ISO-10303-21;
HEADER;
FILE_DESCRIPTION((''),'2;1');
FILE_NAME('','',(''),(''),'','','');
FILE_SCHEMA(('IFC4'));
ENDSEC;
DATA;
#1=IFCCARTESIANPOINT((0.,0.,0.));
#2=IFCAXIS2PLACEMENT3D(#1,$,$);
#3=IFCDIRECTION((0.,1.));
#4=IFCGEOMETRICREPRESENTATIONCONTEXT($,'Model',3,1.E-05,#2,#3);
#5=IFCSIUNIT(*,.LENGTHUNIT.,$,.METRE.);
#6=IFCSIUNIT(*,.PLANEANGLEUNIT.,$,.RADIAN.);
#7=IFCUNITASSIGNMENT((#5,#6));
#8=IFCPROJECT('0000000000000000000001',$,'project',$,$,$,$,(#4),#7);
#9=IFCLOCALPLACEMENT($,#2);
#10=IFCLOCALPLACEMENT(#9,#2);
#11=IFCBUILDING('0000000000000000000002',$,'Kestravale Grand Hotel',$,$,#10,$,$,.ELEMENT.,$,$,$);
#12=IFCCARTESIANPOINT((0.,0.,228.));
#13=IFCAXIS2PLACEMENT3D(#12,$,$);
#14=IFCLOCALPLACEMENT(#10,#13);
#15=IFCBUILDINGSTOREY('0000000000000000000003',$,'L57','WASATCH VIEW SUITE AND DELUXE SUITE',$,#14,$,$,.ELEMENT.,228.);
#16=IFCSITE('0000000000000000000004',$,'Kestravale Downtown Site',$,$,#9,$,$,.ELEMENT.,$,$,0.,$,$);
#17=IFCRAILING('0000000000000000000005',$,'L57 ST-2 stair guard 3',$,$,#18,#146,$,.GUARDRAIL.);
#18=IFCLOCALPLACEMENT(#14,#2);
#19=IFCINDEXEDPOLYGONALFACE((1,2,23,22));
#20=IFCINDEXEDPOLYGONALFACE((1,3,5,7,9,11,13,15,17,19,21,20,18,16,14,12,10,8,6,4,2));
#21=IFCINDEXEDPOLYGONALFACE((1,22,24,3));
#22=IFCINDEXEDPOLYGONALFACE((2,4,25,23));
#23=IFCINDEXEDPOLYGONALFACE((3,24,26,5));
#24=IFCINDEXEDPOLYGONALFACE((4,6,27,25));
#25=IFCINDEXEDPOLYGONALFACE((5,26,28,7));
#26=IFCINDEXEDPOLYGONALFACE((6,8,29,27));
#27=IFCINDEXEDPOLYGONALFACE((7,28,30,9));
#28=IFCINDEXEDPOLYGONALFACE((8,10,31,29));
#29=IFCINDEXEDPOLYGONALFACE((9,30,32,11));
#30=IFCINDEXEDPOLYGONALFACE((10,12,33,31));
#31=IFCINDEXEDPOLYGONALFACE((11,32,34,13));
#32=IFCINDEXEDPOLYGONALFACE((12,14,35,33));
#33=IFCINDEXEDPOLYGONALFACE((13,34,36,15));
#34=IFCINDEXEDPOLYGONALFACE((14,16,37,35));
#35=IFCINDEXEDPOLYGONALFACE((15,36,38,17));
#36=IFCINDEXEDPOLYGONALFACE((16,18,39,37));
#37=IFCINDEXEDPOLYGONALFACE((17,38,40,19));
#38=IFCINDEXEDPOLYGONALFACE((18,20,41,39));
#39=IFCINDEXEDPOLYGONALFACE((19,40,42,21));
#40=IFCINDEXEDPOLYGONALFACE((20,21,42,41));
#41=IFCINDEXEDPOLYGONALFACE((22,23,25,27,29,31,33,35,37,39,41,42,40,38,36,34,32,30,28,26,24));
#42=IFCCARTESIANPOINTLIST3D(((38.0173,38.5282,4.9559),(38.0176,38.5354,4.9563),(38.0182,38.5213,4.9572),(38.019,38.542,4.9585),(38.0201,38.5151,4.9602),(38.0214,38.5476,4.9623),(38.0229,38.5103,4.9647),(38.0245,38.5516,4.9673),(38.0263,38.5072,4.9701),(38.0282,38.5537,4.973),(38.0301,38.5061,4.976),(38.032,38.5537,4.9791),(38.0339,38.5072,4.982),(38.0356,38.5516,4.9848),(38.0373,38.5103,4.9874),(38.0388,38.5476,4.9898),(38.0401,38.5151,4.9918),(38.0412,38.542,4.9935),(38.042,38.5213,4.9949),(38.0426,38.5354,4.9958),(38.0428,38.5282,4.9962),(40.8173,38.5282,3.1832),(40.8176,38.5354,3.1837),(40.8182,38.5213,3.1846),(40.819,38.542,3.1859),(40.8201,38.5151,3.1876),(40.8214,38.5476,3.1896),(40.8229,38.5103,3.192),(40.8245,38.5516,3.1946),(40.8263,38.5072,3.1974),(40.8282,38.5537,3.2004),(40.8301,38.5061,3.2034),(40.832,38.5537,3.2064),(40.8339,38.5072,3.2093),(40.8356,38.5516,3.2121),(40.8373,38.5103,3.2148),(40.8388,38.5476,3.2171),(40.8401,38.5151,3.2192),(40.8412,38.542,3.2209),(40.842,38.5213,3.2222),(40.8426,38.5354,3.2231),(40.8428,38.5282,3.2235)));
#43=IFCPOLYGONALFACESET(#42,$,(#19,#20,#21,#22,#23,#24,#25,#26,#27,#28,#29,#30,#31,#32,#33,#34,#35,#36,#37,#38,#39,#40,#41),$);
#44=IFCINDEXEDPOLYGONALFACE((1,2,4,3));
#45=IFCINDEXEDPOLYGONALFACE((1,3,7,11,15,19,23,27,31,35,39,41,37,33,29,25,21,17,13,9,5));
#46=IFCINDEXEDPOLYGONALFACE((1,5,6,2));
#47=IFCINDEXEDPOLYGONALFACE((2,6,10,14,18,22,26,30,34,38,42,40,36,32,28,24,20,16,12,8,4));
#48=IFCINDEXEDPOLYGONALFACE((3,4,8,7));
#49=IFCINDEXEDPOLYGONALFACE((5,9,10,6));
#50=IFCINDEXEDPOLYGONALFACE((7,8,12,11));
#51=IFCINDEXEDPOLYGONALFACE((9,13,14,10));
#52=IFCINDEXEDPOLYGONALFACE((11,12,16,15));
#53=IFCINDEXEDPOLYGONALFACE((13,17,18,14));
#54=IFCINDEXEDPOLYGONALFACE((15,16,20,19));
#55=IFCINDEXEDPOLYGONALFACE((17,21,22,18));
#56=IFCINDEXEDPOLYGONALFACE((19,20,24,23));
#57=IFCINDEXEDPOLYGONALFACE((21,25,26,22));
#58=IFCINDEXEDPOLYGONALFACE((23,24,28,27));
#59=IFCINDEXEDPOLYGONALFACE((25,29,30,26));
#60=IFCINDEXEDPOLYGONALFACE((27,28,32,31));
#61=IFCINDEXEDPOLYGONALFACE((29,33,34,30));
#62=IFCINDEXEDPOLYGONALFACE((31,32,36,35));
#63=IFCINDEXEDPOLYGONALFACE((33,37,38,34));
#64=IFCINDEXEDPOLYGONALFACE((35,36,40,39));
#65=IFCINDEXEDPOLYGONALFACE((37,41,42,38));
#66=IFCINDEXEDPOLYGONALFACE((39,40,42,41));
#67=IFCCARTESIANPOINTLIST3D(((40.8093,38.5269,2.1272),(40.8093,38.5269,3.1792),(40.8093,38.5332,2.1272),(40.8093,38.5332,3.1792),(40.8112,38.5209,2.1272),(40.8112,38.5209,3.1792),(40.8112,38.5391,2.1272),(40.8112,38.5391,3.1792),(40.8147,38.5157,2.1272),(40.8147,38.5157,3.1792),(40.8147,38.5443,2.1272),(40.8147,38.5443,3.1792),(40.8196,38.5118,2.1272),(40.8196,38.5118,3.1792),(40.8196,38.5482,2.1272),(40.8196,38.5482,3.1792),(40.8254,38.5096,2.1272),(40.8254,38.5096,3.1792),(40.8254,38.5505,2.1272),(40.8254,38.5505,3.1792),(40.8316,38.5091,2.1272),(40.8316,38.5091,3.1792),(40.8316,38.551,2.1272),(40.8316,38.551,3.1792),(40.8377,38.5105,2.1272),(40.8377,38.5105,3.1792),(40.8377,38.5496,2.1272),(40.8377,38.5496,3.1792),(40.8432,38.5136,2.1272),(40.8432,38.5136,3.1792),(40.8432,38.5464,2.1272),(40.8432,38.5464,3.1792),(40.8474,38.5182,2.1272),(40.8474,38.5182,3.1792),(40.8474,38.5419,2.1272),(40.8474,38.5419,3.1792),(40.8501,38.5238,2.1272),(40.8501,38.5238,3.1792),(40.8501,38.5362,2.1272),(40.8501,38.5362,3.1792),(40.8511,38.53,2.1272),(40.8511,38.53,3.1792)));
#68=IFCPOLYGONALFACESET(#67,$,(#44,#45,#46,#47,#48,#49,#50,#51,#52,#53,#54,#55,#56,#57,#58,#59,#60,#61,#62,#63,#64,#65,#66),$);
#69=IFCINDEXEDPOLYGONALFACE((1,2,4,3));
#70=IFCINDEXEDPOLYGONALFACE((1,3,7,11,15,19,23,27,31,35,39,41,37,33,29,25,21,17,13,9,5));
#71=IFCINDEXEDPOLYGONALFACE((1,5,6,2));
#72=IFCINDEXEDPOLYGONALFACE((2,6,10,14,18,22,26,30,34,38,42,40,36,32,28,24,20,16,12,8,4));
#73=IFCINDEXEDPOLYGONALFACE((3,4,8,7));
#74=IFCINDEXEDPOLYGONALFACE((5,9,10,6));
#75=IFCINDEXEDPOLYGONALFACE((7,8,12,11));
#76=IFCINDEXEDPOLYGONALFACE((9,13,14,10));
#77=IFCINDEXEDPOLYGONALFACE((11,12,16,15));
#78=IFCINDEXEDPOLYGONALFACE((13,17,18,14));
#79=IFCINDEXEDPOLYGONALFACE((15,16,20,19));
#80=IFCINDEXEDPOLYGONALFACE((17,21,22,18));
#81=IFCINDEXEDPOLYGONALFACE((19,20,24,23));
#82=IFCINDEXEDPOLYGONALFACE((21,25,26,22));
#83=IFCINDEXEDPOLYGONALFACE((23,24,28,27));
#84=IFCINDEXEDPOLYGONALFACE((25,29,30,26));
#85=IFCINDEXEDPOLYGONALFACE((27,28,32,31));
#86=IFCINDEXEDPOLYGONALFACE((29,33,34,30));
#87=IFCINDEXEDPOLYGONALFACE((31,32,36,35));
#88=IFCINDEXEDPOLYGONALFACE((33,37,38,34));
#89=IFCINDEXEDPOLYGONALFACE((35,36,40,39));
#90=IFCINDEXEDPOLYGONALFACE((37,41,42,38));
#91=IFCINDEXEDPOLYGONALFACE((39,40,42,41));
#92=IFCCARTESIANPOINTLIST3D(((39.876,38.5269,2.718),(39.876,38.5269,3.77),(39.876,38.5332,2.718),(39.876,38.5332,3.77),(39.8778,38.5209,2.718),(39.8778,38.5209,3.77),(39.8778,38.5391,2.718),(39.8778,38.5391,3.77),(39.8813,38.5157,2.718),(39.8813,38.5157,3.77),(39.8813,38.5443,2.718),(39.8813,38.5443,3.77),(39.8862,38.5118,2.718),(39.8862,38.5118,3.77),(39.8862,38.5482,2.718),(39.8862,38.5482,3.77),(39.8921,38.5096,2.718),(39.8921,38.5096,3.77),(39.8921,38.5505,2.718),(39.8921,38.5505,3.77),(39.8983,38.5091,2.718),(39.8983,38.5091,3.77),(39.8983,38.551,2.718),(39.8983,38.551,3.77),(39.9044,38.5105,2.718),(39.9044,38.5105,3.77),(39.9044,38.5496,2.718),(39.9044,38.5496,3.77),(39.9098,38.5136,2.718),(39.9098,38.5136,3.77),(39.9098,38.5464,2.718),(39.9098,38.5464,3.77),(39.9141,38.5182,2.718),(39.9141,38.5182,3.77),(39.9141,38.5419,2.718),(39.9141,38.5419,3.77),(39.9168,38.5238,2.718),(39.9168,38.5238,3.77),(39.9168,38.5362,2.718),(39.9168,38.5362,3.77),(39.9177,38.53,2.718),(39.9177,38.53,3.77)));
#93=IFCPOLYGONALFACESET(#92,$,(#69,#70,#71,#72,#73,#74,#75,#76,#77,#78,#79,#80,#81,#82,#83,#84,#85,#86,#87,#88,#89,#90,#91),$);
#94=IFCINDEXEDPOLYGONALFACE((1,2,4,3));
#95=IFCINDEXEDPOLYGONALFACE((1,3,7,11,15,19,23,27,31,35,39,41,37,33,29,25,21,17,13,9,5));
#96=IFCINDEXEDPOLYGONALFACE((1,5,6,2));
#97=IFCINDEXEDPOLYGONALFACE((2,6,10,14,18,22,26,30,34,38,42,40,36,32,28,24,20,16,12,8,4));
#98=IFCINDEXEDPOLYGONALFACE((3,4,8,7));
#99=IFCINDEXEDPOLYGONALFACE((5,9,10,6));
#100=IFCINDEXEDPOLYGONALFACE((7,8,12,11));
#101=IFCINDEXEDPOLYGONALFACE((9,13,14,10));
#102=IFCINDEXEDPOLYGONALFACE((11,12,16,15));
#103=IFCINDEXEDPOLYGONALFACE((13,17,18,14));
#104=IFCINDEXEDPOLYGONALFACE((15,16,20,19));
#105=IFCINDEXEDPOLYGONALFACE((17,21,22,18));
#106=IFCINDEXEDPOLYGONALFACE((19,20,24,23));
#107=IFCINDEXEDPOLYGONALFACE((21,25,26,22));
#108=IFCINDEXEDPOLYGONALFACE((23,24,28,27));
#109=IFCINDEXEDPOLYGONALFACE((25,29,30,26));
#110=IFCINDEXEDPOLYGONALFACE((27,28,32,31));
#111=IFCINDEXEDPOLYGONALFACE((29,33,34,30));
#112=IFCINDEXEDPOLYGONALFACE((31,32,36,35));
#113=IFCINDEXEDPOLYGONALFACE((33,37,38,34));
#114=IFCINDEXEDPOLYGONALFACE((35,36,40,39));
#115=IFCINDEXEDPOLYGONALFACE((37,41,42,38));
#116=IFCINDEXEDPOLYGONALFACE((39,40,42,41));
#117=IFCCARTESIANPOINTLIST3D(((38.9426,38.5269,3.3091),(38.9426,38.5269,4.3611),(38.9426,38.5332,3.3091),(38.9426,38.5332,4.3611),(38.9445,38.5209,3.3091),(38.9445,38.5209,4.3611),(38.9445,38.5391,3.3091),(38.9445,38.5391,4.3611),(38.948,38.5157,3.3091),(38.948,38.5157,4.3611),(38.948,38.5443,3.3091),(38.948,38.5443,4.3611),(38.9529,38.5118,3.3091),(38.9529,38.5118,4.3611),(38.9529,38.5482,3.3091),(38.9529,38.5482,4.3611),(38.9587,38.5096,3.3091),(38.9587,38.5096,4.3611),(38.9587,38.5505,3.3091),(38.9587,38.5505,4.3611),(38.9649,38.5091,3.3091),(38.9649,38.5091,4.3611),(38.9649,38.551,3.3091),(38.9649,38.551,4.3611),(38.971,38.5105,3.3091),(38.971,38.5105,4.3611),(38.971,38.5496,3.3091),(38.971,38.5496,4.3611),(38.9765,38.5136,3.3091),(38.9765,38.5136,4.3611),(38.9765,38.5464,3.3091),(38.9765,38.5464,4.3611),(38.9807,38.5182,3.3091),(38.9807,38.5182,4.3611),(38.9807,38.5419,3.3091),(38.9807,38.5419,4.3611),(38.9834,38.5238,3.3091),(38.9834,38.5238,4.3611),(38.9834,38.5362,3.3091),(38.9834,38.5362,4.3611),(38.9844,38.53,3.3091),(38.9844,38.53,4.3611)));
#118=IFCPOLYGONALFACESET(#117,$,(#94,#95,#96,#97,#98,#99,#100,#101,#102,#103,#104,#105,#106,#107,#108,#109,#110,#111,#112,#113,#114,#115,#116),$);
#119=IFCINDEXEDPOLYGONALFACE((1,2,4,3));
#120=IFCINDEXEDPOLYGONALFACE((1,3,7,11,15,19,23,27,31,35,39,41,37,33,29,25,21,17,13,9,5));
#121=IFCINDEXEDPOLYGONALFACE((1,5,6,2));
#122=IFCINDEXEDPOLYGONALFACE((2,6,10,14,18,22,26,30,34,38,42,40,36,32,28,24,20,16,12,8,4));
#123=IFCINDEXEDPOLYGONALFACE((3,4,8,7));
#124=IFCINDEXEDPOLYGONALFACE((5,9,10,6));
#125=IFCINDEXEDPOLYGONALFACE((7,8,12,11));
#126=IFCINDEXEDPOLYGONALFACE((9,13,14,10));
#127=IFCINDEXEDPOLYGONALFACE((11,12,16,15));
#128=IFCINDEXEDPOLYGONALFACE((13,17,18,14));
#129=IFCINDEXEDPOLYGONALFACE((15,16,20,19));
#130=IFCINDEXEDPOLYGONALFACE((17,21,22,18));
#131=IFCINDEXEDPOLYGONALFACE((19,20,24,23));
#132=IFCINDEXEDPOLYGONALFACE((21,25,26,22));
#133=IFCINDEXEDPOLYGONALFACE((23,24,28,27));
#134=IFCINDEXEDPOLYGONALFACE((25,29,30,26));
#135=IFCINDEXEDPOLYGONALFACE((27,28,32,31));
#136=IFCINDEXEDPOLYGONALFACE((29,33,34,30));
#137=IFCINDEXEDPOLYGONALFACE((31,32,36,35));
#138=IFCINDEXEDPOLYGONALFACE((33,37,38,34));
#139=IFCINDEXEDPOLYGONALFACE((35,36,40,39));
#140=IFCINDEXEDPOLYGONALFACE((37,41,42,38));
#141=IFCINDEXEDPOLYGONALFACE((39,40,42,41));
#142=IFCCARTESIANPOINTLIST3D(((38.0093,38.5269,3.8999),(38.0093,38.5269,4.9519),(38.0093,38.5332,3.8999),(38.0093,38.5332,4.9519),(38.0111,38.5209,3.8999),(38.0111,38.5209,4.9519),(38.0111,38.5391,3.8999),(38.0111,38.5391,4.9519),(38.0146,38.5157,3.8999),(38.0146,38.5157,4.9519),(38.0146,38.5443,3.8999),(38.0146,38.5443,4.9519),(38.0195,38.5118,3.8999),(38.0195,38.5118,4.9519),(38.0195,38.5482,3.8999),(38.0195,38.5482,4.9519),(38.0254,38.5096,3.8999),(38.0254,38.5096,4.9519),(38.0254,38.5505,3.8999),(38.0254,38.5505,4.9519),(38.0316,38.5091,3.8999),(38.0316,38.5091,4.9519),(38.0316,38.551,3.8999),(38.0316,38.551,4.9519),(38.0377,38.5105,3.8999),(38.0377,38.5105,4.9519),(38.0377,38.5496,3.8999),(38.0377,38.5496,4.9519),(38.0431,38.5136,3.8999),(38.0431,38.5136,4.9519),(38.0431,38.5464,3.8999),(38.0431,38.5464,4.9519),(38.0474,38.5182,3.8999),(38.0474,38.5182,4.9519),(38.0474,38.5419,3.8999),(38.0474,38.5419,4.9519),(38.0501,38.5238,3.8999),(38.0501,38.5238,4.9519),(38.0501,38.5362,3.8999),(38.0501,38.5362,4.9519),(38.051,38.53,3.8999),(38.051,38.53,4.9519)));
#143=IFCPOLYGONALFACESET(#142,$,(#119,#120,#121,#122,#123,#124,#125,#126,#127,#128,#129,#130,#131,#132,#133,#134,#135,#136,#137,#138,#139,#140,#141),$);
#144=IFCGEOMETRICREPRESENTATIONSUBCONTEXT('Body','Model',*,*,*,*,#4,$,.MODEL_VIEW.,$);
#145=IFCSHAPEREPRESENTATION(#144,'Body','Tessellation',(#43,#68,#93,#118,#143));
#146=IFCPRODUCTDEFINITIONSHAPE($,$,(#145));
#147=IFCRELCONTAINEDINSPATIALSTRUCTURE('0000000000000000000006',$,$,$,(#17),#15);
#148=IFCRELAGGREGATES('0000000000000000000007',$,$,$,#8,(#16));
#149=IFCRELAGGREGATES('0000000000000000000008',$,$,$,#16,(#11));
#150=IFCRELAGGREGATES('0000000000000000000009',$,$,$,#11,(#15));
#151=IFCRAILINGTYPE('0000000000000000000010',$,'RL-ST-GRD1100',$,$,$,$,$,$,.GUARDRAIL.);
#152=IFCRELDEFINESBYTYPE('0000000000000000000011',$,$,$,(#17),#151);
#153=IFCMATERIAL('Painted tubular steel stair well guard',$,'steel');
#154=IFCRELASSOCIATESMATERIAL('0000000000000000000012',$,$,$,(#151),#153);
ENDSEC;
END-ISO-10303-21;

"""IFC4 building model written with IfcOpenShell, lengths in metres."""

from ifc_helpers import new_model, si_unit, direction, frame, origin, origin_2d, place, context, subcontext, project, spatial, circle, extrude, material, type_object, element, save


model = new_model("IFC4")

# Units and contexts
model_context = context("Model", 3, precision=1e-05, world=origin(), true_north=direction((0.0, 1.0)))
body_context = subcontext(model_context, "Body", "Model", "MODEL_VIEW")
ifc_project = project(units=[si_unit("LENGTHUNIT", "METRE"), si_unit("PLANEANGLEUNIT", "RADIAN")], contexts=[model_context])

# Site, building, storey
site_placement = place(None, origin())
site = spatial("IfcSite", under=ifc_project, at=site_placement, Name="Kestravale Downtown Site", CompositionType="ELEMENT", RefElevation=0.0)
building_placement = place(site_placement, origin())
building = spatial("IfcBuilding", under=site, at=building_placement, Name="Kestravale Grand Hotel", CompositionType="ELEMENT")
storey_placement = place(building_placement, frame((0.0, 0.0, 228.0)))
storey = spatial("IfcBuildingStorey", under=building, at=storey_placement, Name="L57", Description="WASATCH VIEW SUITE AND DELUXE SUITE", CompositionType="ELEMENT", Elevation=228.0)

# Railing
ifc_material_1 = material(Name="Painted tubular steel stair well guard", Category="steel")
railing_type_1 = type_object("IfcRailingType", Name="RL-ST-GRD1100", PredefinedType="GUARDRAIL", material=ifc_material_1)
railing_1_placement = place(storey_placement, frame((40.8301, 38.53, 2.1272)))
element("IfcRailing", 1, at=railing_1_placement, inside=storey, type_object=railing_type_1, Name="L57 ST-2 stair guard 3", PredefinedType="GUARDRAIL", context=body_context, shape_type="SweptSolid", body=[
    extrude(circle(Radius=0.0239, at=origin_2d()), frame((0.0, 0.0, 1.0762), z_axis=(-0.844909, 0.0, 0.53491), x_axis=(0.0, -1.0, 0.0)), (0.0, 0.0, 1.0), 3.314),
    extrude(circle(Radius=0.021, at=origin_2d()), origin(), (0.0, 0.0, 1.0), 1.052),
    extrude(circle(Radius=0.021, at=origin_2d()), frame((-0.9333, 0.0, 0.5908)), (0.0, 0.0, 1.0), 1.052),
    extrude(circle(Radius=0.021, at=origin_2d()), frame((-1.8667, 0.0, 1.1819)), (0.0, 0.0, 1.0), 1.052),
    extrude(circle(Radius=0.021, at=origin_2d()), frame((-2.8, 0.0, 1.7727)), (0.0, 0.0, 1.0), 1.052),
])

save(model, "model.ifc")
